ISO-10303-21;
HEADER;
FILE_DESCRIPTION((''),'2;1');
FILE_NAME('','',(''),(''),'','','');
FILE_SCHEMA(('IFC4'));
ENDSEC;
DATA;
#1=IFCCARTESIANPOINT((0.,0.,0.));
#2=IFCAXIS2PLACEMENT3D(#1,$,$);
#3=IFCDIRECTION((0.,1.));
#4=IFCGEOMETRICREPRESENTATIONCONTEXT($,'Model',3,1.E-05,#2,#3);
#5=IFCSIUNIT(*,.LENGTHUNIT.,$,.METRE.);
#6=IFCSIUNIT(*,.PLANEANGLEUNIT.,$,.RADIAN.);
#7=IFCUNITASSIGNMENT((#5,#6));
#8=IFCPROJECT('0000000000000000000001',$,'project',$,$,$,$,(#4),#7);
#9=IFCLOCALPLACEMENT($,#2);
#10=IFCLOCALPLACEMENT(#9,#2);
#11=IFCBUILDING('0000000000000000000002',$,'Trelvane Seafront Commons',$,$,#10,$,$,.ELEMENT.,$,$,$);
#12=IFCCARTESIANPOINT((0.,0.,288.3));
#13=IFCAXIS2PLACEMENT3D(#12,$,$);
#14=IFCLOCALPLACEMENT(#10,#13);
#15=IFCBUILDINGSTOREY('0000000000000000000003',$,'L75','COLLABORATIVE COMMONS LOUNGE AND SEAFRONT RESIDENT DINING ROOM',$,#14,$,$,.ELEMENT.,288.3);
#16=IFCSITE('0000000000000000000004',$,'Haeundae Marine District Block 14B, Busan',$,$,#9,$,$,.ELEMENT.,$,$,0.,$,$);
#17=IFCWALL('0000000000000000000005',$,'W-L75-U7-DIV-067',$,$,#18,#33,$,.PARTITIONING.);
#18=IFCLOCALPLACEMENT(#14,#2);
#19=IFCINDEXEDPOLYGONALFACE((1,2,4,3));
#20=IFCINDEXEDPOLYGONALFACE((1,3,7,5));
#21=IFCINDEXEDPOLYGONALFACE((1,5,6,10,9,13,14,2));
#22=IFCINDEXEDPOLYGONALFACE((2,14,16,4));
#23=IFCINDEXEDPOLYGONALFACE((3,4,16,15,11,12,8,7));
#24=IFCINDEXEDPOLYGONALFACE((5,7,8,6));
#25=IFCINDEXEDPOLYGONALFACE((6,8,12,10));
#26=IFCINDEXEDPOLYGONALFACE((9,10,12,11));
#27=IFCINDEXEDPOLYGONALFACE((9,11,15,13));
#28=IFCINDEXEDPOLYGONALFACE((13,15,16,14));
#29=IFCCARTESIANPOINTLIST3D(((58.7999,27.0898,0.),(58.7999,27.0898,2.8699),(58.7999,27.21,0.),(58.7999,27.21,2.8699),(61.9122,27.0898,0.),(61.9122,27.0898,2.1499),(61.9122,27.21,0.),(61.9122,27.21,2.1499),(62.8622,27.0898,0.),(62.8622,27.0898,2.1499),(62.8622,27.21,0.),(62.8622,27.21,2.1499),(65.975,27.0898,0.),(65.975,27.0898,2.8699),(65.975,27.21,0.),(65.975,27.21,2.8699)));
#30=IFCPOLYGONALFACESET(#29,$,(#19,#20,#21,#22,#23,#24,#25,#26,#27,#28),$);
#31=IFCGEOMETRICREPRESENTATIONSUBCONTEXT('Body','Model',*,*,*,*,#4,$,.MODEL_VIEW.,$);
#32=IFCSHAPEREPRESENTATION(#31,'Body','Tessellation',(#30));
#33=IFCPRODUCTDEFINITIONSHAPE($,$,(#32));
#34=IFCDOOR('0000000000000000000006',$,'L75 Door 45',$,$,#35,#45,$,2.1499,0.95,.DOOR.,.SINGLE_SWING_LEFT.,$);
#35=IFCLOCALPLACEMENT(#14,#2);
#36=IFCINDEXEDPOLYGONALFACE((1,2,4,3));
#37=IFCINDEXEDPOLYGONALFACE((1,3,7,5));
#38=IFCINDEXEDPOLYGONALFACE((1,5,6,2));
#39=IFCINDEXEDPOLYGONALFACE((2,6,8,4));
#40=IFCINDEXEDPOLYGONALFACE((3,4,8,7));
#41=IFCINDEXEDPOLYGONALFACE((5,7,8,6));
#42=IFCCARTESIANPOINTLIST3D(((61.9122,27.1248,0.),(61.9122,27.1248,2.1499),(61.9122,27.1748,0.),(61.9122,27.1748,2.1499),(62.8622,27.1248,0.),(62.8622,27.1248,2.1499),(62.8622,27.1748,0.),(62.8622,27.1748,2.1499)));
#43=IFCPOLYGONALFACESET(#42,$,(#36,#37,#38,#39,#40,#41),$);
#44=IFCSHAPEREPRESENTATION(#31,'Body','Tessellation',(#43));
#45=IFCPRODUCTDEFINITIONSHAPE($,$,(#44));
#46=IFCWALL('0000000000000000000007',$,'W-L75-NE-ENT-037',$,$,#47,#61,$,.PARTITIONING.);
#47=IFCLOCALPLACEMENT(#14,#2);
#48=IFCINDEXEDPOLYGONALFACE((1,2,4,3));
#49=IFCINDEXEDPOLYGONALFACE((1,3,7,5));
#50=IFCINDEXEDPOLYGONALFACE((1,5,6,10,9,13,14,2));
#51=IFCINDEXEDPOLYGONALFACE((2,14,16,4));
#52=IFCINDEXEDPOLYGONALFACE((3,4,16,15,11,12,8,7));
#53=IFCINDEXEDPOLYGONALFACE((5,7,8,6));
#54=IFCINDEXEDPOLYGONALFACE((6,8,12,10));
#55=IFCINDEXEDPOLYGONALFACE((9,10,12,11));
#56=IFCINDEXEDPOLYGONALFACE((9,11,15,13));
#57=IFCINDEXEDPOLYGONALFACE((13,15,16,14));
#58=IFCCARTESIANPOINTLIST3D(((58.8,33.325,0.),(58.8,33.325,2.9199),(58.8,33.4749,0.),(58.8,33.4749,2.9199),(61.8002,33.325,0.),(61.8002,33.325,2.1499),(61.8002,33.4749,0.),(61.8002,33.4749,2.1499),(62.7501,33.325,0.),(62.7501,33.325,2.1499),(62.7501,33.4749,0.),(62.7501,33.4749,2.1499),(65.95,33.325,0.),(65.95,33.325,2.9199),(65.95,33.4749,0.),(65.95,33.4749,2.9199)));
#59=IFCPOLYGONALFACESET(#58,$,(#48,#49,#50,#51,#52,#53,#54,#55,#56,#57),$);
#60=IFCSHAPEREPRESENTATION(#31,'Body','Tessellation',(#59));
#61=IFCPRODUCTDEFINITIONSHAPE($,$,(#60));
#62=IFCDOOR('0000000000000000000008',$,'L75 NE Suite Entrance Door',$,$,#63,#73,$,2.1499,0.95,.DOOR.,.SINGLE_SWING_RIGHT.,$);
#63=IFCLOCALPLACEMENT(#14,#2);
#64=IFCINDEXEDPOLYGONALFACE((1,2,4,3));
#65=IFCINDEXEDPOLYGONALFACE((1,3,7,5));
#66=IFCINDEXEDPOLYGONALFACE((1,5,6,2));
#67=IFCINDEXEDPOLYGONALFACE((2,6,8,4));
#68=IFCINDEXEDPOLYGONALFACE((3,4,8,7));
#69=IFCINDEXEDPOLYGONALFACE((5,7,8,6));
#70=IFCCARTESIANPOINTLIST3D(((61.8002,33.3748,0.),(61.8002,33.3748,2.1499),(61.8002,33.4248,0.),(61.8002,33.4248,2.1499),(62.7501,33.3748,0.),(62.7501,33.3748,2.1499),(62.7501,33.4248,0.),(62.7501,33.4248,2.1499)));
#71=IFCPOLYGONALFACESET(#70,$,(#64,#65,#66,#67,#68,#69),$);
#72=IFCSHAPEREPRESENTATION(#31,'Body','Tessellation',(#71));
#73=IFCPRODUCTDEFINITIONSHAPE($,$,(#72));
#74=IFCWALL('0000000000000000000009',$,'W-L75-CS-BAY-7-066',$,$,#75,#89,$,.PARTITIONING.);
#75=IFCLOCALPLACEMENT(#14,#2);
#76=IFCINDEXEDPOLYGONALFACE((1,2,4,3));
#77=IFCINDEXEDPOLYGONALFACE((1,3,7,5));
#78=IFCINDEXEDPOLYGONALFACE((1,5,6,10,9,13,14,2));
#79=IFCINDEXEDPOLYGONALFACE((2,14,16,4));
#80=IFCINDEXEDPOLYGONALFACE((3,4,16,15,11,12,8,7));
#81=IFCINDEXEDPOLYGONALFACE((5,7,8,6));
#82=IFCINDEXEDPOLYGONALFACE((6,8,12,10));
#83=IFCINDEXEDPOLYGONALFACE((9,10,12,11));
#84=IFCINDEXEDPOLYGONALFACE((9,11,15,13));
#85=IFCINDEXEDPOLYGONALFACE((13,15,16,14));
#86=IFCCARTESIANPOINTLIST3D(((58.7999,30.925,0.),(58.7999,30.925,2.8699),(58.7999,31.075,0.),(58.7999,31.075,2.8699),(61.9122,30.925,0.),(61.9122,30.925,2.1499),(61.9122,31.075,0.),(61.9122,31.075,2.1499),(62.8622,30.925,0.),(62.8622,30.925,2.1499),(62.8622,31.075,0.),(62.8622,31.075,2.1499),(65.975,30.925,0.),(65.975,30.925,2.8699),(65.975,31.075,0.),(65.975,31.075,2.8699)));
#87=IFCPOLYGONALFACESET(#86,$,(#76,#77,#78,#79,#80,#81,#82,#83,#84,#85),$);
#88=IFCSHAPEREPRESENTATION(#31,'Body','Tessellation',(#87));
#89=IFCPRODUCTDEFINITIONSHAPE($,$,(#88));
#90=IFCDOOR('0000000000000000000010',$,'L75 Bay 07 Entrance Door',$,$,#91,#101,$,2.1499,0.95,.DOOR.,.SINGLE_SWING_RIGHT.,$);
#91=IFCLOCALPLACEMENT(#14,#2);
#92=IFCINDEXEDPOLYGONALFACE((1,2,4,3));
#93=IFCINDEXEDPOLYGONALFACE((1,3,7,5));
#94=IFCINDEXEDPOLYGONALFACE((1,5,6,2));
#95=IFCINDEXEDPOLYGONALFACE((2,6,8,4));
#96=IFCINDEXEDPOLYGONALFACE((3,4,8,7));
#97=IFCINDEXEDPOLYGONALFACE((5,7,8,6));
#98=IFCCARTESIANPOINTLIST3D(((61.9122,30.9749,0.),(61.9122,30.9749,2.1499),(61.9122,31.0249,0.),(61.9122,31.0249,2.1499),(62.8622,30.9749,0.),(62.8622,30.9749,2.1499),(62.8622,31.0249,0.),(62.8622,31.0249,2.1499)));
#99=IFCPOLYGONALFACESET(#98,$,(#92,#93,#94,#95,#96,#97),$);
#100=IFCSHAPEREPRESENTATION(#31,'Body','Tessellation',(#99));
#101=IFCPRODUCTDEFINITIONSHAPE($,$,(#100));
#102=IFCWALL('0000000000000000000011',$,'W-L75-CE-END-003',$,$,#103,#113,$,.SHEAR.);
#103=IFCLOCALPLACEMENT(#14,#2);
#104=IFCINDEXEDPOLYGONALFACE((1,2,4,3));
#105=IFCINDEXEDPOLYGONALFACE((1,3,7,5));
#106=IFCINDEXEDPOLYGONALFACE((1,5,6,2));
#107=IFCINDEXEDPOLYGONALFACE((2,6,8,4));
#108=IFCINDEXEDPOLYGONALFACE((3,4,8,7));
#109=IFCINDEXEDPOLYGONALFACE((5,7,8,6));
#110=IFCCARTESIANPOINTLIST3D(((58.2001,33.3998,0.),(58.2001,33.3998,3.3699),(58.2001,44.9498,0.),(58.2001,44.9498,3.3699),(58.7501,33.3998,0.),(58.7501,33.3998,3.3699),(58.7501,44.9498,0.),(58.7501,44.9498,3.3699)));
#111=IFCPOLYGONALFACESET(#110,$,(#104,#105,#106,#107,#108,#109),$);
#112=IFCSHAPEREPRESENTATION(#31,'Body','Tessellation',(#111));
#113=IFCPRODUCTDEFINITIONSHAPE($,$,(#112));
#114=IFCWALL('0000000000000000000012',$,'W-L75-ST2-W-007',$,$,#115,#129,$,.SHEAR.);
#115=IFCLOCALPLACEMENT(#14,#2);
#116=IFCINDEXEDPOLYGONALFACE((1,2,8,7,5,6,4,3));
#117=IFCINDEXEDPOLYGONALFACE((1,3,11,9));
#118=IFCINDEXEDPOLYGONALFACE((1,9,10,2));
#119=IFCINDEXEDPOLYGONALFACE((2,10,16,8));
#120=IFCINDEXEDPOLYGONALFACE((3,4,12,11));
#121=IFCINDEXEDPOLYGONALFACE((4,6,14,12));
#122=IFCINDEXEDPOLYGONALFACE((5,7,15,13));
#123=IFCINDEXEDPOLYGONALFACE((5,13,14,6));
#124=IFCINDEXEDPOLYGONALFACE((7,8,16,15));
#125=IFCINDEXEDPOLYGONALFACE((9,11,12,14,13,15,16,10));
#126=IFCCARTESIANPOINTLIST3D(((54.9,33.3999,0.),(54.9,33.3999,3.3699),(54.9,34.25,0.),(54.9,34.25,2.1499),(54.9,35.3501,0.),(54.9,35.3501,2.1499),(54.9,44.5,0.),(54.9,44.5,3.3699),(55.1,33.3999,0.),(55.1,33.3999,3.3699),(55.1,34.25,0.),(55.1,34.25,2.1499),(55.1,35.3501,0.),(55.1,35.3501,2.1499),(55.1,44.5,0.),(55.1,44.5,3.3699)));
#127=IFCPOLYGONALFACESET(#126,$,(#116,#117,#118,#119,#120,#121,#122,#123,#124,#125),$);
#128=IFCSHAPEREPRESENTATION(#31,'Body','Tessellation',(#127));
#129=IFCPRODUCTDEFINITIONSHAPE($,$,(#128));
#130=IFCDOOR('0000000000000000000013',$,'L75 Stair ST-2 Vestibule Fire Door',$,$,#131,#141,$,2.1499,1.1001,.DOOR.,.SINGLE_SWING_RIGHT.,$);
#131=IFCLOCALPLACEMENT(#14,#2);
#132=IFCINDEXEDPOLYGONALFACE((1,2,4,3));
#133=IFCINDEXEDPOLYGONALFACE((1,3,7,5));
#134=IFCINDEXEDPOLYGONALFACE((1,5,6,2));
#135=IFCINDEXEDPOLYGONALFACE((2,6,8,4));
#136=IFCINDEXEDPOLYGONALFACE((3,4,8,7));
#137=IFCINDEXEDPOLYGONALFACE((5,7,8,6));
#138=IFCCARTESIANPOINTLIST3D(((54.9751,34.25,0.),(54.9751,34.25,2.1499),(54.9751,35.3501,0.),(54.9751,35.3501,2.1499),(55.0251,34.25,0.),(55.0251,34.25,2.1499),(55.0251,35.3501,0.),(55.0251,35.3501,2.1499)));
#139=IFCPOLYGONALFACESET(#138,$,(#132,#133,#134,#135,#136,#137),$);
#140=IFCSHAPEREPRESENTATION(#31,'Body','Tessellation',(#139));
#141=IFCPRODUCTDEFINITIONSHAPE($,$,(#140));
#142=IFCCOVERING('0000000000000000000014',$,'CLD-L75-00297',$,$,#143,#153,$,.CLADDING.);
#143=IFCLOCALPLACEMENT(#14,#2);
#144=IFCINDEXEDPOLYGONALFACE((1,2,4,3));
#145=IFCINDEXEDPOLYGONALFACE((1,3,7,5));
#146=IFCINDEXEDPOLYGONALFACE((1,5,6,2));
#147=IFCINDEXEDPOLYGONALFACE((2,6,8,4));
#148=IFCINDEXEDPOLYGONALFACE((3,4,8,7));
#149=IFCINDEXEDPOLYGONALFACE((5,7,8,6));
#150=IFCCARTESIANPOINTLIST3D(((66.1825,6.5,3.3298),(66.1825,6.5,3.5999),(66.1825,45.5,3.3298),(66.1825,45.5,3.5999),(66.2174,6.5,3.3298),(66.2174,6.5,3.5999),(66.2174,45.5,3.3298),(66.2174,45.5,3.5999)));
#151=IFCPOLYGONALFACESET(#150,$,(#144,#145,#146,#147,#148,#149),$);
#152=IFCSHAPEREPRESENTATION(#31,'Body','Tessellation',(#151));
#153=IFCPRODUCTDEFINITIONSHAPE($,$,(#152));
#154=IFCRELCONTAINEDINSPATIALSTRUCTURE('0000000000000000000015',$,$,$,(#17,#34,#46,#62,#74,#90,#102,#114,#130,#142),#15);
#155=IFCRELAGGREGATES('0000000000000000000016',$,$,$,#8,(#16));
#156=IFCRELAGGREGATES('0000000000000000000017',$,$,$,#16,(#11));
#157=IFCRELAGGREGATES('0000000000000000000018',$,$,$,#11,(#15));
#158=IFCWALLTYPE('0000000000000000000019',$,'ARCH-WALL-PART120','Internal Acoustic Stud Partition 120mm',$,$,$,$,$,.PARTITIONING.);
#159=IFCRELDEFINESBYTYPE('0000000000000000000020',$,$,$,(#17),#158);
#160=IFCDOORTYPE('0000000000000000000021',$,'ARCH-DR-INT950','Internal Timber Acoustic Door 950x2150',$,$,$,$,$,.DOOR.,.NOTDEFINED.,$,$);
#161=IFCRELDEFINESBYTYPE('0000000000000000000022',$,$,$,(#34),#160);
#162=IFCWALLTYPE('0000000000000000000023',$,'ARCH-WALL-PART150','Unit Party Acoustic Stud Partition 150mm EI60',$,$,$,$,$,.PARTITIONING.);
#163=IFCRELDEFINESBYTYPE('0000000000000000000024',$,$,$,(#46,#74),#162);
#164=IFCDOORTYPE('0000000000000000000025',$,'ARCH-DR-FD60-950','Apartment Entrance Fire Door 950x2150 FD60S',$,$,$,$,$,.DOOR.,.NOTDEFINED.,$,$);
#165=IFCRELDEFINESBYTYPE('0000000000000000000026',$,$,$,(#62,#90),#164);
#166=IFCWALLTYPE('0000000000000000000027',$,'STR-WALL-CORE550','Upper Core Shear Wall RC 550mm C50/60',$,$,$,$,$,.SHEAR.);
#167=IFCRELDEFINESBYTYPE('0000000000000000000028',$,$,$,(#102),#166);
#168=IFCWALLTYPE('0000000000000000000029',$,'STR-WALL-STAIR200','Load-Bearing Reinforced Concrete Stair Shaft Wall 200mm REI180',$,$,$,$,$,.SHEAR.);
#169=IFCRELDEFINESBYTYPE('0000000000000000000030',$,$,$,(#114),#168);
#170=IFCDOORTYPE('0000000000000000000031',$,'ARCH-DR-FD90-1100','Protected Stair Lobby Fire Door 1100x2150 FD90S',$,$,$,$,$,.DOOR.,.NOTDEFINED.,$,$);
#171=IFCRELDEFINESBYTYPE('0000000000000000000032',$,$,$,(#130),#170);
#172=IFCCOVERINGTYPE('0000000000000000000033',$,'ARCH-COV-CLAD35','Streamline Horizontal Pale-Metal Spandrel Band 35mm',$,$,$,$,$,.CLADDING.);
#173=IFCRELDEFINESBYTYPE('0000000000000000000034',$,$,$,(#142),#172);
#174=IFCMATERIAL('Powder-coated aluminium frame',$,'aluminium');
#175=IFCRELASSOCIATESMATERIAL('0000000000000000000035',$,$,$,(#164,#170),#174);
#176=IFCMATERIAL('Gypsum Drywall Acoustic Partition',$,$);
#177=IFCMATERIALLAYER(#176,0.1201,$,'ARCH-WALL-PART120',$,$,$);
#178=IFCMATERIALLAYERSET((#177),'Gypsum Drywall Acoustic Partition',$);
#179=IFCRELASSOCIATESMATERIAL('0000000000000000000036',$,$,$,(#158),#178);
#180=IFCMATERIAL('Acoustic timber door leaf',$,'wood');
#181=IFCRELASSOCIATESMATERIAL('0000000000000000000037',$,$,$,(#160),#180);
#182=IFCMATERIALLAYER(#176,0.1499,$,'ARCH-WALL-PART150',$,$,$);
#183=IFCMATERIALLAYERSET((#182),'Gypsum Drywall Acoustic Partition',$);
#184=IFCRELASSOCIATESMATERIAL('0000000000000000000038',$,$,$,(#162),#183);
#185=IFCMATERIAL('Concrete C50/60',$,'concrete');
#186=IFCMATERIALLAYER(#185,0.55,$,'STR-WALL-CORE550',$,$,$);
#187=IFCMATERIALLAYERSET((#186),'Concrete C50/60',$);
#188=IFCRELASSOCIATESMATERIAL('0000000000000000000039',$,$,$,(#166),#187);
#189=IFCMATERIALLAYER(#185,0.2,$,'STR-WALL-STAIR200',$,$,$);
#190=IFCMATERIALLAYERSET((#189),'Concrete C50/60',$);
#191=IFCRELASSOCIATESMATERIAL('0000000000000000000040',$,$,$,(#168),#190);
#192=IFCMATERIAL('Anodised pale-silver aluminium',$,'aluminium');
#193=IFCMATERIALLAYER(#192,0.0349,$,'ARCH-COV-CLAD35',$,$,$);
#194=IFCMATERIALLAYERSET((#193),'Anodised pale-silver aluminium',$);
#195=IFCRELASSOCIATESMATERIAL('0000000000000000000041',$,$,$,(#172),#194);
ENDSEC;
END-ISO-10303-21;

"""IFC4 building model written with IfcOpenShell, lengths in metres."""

from ifc_helpers import new_model, si_unit, direction, frame, frame_2d, origin, origin_2d, place, context, subcontext, project, spatial, rectangle, extrude, source, transform, mapped, material, layer, layer_set, type_object, element, fill, save


model = new_model("IFC4")

# Units and contexts
model_context = context("Model", 3, precision=1e-05, world=origin(), true_north=direction((0.0, 1.0)))
body_context = subcontext(model_context, "Body", "Model", "MODEL_VIEW")
ifc_project = project(units=[si_unit("LENGTHUNIT", "METRE"), si_unit("PLANEANGLEUNIT", "RADIAN")], contexts=[model_context])

# Site, building, storey
site_placement = place(None, origin())
site = spatial("IfcSite", under=ifc_project, at=site_placement, Name="Haeundae Marine District Block 14B, Busan", CompositionType="ELEMENT", RefElevation=0.0)
building_placement = place(site_placement, origin())
building = spatial("IfcBuilding", under=site, at=building_placement, Name="Trelvane Seafront Commons", CompositionType="ELEMENT")
storey_placement = place(building_placement, frame((0.0, 0.0, 288.3)))
storey = spatial("IfcBuildingStorey", under=building, at=storey_placement, Name="L75", Description="COLLABORATIVE COMMONS LOUNGE AND SEAFRONT RESIDENT DINING ROOM", CompositionType="ELEMENT", Elevation=288.3)

# Shared definitions
ifc_material_1 = material(Name="Concrete C50/60", Category="concrete")

# Walls, openings, doors
ifc_material_2 = material(Name="Powder-coated aluminium frame", Category="aluminium")
door_type_1 = type_object("IfcDoorType", Name="ARCH-DR-FD60-950", Description="Apartment Entrance Fire Door 950x2150 FD60S", OperationType="NOTDEFINED", PredefinedType="DOOR", material=ifc_material_2)
shared_shape_1 = source(origin(), body_context, "Body", "SweptSolid", [
    extrude(rectangle(XDim=0.95, YDim=2.1499, at=frame_2d((0.4751, 1.075))), frame((0.0, 0.0249, 0.0), z_axis=(0.0, -1.0, 0.0), x_axis=(1.0, 0.0, 0.0)), (0.0, 0.0, 1.0), 0.05),
])
ifc_material_3 = material(Name="Gypsum Drywall Acoustic Partition")
ifc_layer_1 = layer(ifc_material_3, 0.1201, Name="ARCH-WALL-PART120")
ifc_layer_set_1 = layer_set([ifc_layer_1], Name="Gypsum Drywall Acoustic Partition")
wall_type_1 = type_object("IfcWallType", Name="ARCH-WALL-PART120", Description="Internal Acoustic Stud Partition 120mm", PredefinedType="PARTITIONING", material=ifc_layer_set_1)
wall_1_placement = place(storey_placement, frame((58.8, 27.1499, 0.0), z_axis=(0.0, 0.0, 1.0), x_axis=(1.0, 0.0, 0.0)))
wall_1 = element("IfcWall", 1, at=wall_1_placement, inside=storey, type_object=wall_type_1, Name="W-L75-U7-DIV-067", PredefinedType="PARTITIONING", context=body_context, shape_type="SweptSolid", body=[
    extrude(rectangle(XDim=7.175, YDim=0.1201, at=frame_2d((3.5874, 0.0))), origin(), (0.0, 0.0, 1.0), 2.8699),
])
opening_1_placement = place(wall_1_placement, frame((3.1121, 0.0, 0.0)))
opening_1 = element("IfcOpeningElement", 2, at=opening_1_placement, cuts=wall_1, PredefinedType="OPENING", context=body_context, shape_type="SweptSolid", body=[
    extrude(rectangle(XDim=0.95, YDim=2.1499, at=frame_2d((0.4751, 1.075))), frame((0.0, 0.0701, 0.0), z_axis=(0.0, -1.0, 0.0), x_axis=(1.0, 0.0, 0.0)), (0.0, 0.0, 1.0), 0.1401),
])
ifc_material_4 = material(Name="Acoustic timber door leaf", Category="wood")
door_type_2 = type_object("IfcDoorType", Name="ARCH-DR-INT950", Description="Internal Timber Acoustic Door 950x2150", OperationType="NOTDEFINED", PredefinedType="DOOR", material=ifc_material_4)
door_1_placement = place(opening_1_placement, origin())
door_1 = element("IfcDoor", 3, at=door_1_placement, inside=storey, type_object=door_type_2, Name="L75 Door 45", OperationType="SINGLE_SWING_LEFT", OverallHeight=2.1499, OverallWidth=0.95, PredefinedType="DOOR", context=body_context, shape_type="MappedRepresentation", body=[
    mapped(shared_shape_1, transform((0.0, 0.0, 0.0), x_axis=(1.0, 0.0, 0.0), y_axis=(0.0, 1.0, 0.0), z_axis=(0.0, 0.0, 1.0), scale=1.0)),
])
fill(opening_1, door_1)
ifc_layer_2 = layer(ifc_material_3, 0.1499, Name="ARCH-WALL-PART150")
ifc_layer_set_2 = layer_set([ifc_layer_2], Name="Gypsum Drywall Acoustic Partition")
wall_type_2 = type_object("IfcWallType", Name="ARCH-WALL-PART150", Description="Unit Party Acoustic Stud Partition 150mm EI60", PredefinedType="PARTITIONING", material=ifc_layer_set_2)
wall_2_placement = place(storey_placement, frame((58.8, 33.3999, 0.0), z_axis=(0.0, 0.0, 1.0), x_axis=(1.0, 0.0, 0.0)))
wall_2 = element("IfcWall", 4, at=wall_2_placement, inside=storey, type_object=wall_type_2, Name="W-L75-NE-ENT-037", PredefinedType="PARTITIONING", context=body_context, shape_type="SweptSolid", body=[
    extrude(rectangle(XDim=7.1499, YDim=0.1499, at=frame_2d((3.575, 0.0))), origin(), (0.0, 0.0, 1.0), 2.9199),
])
opening_2_placement = place(wall_2_placement, frame((3.0, 0.0, 0.0)))
opening_2 = element("IfcOpeningElement", 5, at=opening_2_placement, cuts=wall_2, PredefinedType="OPENING", context=body_context, shape_type="SweptSolid", body=[
    extrude(rectangle(XDim=0.95, YDim=2.1499, at=frame_2d((0.4751, 1.075))), frame((0.0, 0.085, 0.0), z_axis=(0.0, -1.0, 0.0), x_axis=(1.0, 0.0, 0.0)), (0.0, 0.0, 1.0), 0.1699),
])
door_2_placement = place(opening_2_placement, origin())
door_2 = element("IfcDoor", 6, at=door_2_placement, inside=storey, type_object=door_type_1, Name="L75 NE Suite Entrance Door", OperationType="SINGLE_SWING_RIGHT", OverallHeight=2.1499, OverallWidth=0.95, PredefinedType="DOOR", context=body_context, shape_type="MappedRepresentation", body=[
    mapped(shared_shape_1, transform((0.0, 0.0, 0.0), x_axis=(1.0, 0.0, 0.0), y_axis=(0.0, 1.0, 0.0), z_axis=(0.0, 0.0, 1.0), scale=1.0)),
])
fill(opening_2, door_2)
wall_3_placement = place(storey_placement, frame((58.8, 31.0, 0.0), z_axis=(0.0, 0.0, 1.0), x_axis=(1.0, 0.0, 0.0)))
wall_3 = element("IfcWall", 7, at=wall_3_placement, inside=storey, type_object=wall_type_2, Name="W-L75-CS-BAY-7-066", PredefinedType="PARTITIONING", context=body_context, shape_type="SweptSolid", body=[
    extrude(rectangle(XDim=7.175, YDim=0.1499, at=frame_2d((3.5874, 0.0))), origin(), (0.0, 0.0, 1.0), 2.8699),
])
opening_3_placement = place(wall_3_placement, frame((3.1121, 0.0, 0.0)))
opening_3 = element("IfcOpeningElement", 8, at=opening_3_placement, cuts=wall_3, PredefinedType="OPENING", context=body_context, shape_type="SweptSolid", body=[
    extrude(rectangle(XDim=0.95, YDim=2.1499, at=frame_2d((0.4751, 1.075))), frame((0.0, 0.085, 0.0), z_axis=(0.0, -1.0, 0.0), x_axis=(1.0, 0.0, 0.0)), (0.0, 0.0, 1.0), 0.1699),
])
door_3_placement = place(opening_3_placement, origin())
door_3 = element("IfcDoor", 9, at=door_3_placement, inside=storey, type_object=door_type_1, Name="L75 Bay 07 Entrance Door", OperationType="SINGLE_SWING_RIGHT", OverallHeight=2.1499, OverallWidth=0.95, PredefinedType="DOOR", context=body_context, shape_type="MappedRepresentation", body=[
    mapped(shared_shape_1, transform((0.0, 0.0, 0.0), x_axis=(1.0, 0.0, 0.0), y_axis=(0.0, 1.0, 0.0), z_axis=(0.0, 0.0, 1.0), scale=1.0)),
])
fill(opening_3, door_3)

# Wall
ifc_layer_3 = layer(ifc_material_1, 0.55, Name="STR-WALL-CORE550")
ifc_layer_set_3 = layer_set([ifc_layer_3], Name="Concrete C50/60")
wall_type_3 = type_object("IfcWallType", Name="STR-WALL-CORE550", Description="Upper Core Shear Wall RC 550mm C50/60", PredefinedType="SHEAR", material=ifc_layer_set_3)
wall_4_placement = place(storey_placement, frame((58.4751, 33.3999, 0.0), z_axis=(0.0, 0.0, 1.0), x_axis=(0.0, 1.0, 0.0)))
element("IfcWall", 10, at=wall_4_placement, inside=storey, type_object=wall_type_3, Name="W-L75-CE-END-003", PredefinedType="SHEAR", context=body_context, shape_type="SweptSolid", body=[
    extrude(rectangle(XDim=11.55, YDim=0.55, at=frame_2d((5.7749, 0.0))), origin(), (0.0, 0.0, 1.0), 3.3699),
])

# Wall, opening, door
ifc_layer_4 = layer(ifc_material_1, 0.2, Name="STR-WALL-STAIR200")
ifc_layer_set_4 = layer_set([ifc_layer_4], Name="Concrete C50/60")
wall_type_4 = type_object("IfcWallType", Name="STR-WALL-STAIR200", Description="Load-Bearing Reinforced Concrete Stair Shaft Wall 200mm REI180", PredefinedType="SHEAR", material=ifc_layer_set_4)
wall_5_placement = place(storey_placement, frame((55.0, 33.3999, 0.0), z_axis=(0.0, 0.0, 1.0), x_axis=(0.0, 1.0, 0.0)))
wall_5 = element("IfcWall", 11, at=wall_5_placement, inside=storey, type_object=wall_type_4, Name="W-L75-ST2-W-007", PredefinedType="SHEAR", context=body_context, shape_type="SweptSolid", body=[
    extrude(rectangle(XDim=11.1001, YDim=0.2, at=frame_2d((5.55, 0.0))), origin(), (0.0, 0.0, 1.0), 3.3699),
])
opening_4_placement = place(wall_5_placement, frame((0.8501, 0.0, 0.0)))
opening_4 = element("IfcOpeningElement", 12, at=opening_4_placement, cuts=wall_5, PredefinedType="OPENING", context=body_context, shape_type="SweptSolid", body=[
    extrude(rectangle(XDim=1.1001, YDim=2.1499, at=frame_2d((0.55, 1.075))), frame((0.0, 0.1099, 0.0), z_axis=(0.0, -1.0, 0.0), x_axis=(1.0, 0.0, 0.0)), (0.0, 0.0, 1.0), 0.22),
])
door_type_3 = type_object("IfcDoorType", Name="ARCH-DR-FD90-1100", Description="Protected Stair Lobby Fire Door 1100x2150 FD90S", OperationType="NOTDEFINED", PredefinedType="DOOR", material=ifc_material_2)
shared_shape_2 = source(origin(), body_context, "Body", "SweptSolid", [
    extrude(rectangle(XDim=1.1001, YDim=2.1499, at=frame_2d((0.55, 1.075))), frame((0.0, 0.0249, 0.0), z_axis=(0.0, -1.0, 0.0), x_axis=(1.0, 0.0, 0.0)), (0.0, 0.0, 1.0), 0.05),
])
door_4_placement = place(opening_4_placement, origin())
door_4 = element("IfcDoor", 13, at=door_4_placement, inside=storey, type_object=door_type_3, Name="L75 Stair ST-2 Vestibule Fire Door", OperationType="SINGLE_SWING_RIGHT", OverallHeight=2.1499, OverallWidth=1.1001, PredefinedType="DOOR", context=body_context, shape_type="MappedRepresentation", body=[
    mapped(shared_shape_2, transform((0.0, 0.0, 0.0), x_axis=(1.0, 0.0, 0.0), y_axis=(0.0, 1.0, 0.0), z_axis=(0.0, 0.0, 1.0), scale=1.0)),
])
fill(opening_4, door_4)

# Covering
ifc_material_5 = material(Name="Anodised pale-silver aluminium", Category="aluminium")
ifc_layer_5 = layer(ifc_material_5, 0.0349, Name="ARCH-COV-CLAD35")
ifc_layer_set_5 = layer_set([ifc_layer_5], Name="Anodised pale-silver aluminium")
covering_type = type_object("IfcCoveringType", Name="ARCH-COV-CLAD35", Description="Streamline Horizontal Pale-Metal Spandrel Band 35mm", PredefinedType="CLADDING", material=ifc_layer_set_5)
shared_shape_3 = source(origin(), body_context, "Body", "SweptSolid", [
    extrude(rectangle(XDim=39.0, YDim=0.0349, at=origin_2d()), origin(), (0.0, 0.0, 1.0), 0.27),
])
covering_placement = place(storey_placement, frame((66.2, 26.0, 3.3298), z_axis=(0.0, 0.0, 1.0), x_axis=(0.0, -1.0, 0.0)))
element("IfcCovering", 14, at=covering_placement, inside=storey, type_object=covering_type, Name="CLD-L75-00297", PredefinedType="CLADDING", context=body_context, shape_type="MappedRepresentation", body=[
    mapped(shared_shape_3, transform((0.0, 0.0, 0.0), x_axis=(1.0, 0.0, 0.0), y_axis=(0.0, 1.0, 0.0), z_axis=(0.0, 0.0, 1.0), scale=1.0)),
])

save(model, "model.ifc")
